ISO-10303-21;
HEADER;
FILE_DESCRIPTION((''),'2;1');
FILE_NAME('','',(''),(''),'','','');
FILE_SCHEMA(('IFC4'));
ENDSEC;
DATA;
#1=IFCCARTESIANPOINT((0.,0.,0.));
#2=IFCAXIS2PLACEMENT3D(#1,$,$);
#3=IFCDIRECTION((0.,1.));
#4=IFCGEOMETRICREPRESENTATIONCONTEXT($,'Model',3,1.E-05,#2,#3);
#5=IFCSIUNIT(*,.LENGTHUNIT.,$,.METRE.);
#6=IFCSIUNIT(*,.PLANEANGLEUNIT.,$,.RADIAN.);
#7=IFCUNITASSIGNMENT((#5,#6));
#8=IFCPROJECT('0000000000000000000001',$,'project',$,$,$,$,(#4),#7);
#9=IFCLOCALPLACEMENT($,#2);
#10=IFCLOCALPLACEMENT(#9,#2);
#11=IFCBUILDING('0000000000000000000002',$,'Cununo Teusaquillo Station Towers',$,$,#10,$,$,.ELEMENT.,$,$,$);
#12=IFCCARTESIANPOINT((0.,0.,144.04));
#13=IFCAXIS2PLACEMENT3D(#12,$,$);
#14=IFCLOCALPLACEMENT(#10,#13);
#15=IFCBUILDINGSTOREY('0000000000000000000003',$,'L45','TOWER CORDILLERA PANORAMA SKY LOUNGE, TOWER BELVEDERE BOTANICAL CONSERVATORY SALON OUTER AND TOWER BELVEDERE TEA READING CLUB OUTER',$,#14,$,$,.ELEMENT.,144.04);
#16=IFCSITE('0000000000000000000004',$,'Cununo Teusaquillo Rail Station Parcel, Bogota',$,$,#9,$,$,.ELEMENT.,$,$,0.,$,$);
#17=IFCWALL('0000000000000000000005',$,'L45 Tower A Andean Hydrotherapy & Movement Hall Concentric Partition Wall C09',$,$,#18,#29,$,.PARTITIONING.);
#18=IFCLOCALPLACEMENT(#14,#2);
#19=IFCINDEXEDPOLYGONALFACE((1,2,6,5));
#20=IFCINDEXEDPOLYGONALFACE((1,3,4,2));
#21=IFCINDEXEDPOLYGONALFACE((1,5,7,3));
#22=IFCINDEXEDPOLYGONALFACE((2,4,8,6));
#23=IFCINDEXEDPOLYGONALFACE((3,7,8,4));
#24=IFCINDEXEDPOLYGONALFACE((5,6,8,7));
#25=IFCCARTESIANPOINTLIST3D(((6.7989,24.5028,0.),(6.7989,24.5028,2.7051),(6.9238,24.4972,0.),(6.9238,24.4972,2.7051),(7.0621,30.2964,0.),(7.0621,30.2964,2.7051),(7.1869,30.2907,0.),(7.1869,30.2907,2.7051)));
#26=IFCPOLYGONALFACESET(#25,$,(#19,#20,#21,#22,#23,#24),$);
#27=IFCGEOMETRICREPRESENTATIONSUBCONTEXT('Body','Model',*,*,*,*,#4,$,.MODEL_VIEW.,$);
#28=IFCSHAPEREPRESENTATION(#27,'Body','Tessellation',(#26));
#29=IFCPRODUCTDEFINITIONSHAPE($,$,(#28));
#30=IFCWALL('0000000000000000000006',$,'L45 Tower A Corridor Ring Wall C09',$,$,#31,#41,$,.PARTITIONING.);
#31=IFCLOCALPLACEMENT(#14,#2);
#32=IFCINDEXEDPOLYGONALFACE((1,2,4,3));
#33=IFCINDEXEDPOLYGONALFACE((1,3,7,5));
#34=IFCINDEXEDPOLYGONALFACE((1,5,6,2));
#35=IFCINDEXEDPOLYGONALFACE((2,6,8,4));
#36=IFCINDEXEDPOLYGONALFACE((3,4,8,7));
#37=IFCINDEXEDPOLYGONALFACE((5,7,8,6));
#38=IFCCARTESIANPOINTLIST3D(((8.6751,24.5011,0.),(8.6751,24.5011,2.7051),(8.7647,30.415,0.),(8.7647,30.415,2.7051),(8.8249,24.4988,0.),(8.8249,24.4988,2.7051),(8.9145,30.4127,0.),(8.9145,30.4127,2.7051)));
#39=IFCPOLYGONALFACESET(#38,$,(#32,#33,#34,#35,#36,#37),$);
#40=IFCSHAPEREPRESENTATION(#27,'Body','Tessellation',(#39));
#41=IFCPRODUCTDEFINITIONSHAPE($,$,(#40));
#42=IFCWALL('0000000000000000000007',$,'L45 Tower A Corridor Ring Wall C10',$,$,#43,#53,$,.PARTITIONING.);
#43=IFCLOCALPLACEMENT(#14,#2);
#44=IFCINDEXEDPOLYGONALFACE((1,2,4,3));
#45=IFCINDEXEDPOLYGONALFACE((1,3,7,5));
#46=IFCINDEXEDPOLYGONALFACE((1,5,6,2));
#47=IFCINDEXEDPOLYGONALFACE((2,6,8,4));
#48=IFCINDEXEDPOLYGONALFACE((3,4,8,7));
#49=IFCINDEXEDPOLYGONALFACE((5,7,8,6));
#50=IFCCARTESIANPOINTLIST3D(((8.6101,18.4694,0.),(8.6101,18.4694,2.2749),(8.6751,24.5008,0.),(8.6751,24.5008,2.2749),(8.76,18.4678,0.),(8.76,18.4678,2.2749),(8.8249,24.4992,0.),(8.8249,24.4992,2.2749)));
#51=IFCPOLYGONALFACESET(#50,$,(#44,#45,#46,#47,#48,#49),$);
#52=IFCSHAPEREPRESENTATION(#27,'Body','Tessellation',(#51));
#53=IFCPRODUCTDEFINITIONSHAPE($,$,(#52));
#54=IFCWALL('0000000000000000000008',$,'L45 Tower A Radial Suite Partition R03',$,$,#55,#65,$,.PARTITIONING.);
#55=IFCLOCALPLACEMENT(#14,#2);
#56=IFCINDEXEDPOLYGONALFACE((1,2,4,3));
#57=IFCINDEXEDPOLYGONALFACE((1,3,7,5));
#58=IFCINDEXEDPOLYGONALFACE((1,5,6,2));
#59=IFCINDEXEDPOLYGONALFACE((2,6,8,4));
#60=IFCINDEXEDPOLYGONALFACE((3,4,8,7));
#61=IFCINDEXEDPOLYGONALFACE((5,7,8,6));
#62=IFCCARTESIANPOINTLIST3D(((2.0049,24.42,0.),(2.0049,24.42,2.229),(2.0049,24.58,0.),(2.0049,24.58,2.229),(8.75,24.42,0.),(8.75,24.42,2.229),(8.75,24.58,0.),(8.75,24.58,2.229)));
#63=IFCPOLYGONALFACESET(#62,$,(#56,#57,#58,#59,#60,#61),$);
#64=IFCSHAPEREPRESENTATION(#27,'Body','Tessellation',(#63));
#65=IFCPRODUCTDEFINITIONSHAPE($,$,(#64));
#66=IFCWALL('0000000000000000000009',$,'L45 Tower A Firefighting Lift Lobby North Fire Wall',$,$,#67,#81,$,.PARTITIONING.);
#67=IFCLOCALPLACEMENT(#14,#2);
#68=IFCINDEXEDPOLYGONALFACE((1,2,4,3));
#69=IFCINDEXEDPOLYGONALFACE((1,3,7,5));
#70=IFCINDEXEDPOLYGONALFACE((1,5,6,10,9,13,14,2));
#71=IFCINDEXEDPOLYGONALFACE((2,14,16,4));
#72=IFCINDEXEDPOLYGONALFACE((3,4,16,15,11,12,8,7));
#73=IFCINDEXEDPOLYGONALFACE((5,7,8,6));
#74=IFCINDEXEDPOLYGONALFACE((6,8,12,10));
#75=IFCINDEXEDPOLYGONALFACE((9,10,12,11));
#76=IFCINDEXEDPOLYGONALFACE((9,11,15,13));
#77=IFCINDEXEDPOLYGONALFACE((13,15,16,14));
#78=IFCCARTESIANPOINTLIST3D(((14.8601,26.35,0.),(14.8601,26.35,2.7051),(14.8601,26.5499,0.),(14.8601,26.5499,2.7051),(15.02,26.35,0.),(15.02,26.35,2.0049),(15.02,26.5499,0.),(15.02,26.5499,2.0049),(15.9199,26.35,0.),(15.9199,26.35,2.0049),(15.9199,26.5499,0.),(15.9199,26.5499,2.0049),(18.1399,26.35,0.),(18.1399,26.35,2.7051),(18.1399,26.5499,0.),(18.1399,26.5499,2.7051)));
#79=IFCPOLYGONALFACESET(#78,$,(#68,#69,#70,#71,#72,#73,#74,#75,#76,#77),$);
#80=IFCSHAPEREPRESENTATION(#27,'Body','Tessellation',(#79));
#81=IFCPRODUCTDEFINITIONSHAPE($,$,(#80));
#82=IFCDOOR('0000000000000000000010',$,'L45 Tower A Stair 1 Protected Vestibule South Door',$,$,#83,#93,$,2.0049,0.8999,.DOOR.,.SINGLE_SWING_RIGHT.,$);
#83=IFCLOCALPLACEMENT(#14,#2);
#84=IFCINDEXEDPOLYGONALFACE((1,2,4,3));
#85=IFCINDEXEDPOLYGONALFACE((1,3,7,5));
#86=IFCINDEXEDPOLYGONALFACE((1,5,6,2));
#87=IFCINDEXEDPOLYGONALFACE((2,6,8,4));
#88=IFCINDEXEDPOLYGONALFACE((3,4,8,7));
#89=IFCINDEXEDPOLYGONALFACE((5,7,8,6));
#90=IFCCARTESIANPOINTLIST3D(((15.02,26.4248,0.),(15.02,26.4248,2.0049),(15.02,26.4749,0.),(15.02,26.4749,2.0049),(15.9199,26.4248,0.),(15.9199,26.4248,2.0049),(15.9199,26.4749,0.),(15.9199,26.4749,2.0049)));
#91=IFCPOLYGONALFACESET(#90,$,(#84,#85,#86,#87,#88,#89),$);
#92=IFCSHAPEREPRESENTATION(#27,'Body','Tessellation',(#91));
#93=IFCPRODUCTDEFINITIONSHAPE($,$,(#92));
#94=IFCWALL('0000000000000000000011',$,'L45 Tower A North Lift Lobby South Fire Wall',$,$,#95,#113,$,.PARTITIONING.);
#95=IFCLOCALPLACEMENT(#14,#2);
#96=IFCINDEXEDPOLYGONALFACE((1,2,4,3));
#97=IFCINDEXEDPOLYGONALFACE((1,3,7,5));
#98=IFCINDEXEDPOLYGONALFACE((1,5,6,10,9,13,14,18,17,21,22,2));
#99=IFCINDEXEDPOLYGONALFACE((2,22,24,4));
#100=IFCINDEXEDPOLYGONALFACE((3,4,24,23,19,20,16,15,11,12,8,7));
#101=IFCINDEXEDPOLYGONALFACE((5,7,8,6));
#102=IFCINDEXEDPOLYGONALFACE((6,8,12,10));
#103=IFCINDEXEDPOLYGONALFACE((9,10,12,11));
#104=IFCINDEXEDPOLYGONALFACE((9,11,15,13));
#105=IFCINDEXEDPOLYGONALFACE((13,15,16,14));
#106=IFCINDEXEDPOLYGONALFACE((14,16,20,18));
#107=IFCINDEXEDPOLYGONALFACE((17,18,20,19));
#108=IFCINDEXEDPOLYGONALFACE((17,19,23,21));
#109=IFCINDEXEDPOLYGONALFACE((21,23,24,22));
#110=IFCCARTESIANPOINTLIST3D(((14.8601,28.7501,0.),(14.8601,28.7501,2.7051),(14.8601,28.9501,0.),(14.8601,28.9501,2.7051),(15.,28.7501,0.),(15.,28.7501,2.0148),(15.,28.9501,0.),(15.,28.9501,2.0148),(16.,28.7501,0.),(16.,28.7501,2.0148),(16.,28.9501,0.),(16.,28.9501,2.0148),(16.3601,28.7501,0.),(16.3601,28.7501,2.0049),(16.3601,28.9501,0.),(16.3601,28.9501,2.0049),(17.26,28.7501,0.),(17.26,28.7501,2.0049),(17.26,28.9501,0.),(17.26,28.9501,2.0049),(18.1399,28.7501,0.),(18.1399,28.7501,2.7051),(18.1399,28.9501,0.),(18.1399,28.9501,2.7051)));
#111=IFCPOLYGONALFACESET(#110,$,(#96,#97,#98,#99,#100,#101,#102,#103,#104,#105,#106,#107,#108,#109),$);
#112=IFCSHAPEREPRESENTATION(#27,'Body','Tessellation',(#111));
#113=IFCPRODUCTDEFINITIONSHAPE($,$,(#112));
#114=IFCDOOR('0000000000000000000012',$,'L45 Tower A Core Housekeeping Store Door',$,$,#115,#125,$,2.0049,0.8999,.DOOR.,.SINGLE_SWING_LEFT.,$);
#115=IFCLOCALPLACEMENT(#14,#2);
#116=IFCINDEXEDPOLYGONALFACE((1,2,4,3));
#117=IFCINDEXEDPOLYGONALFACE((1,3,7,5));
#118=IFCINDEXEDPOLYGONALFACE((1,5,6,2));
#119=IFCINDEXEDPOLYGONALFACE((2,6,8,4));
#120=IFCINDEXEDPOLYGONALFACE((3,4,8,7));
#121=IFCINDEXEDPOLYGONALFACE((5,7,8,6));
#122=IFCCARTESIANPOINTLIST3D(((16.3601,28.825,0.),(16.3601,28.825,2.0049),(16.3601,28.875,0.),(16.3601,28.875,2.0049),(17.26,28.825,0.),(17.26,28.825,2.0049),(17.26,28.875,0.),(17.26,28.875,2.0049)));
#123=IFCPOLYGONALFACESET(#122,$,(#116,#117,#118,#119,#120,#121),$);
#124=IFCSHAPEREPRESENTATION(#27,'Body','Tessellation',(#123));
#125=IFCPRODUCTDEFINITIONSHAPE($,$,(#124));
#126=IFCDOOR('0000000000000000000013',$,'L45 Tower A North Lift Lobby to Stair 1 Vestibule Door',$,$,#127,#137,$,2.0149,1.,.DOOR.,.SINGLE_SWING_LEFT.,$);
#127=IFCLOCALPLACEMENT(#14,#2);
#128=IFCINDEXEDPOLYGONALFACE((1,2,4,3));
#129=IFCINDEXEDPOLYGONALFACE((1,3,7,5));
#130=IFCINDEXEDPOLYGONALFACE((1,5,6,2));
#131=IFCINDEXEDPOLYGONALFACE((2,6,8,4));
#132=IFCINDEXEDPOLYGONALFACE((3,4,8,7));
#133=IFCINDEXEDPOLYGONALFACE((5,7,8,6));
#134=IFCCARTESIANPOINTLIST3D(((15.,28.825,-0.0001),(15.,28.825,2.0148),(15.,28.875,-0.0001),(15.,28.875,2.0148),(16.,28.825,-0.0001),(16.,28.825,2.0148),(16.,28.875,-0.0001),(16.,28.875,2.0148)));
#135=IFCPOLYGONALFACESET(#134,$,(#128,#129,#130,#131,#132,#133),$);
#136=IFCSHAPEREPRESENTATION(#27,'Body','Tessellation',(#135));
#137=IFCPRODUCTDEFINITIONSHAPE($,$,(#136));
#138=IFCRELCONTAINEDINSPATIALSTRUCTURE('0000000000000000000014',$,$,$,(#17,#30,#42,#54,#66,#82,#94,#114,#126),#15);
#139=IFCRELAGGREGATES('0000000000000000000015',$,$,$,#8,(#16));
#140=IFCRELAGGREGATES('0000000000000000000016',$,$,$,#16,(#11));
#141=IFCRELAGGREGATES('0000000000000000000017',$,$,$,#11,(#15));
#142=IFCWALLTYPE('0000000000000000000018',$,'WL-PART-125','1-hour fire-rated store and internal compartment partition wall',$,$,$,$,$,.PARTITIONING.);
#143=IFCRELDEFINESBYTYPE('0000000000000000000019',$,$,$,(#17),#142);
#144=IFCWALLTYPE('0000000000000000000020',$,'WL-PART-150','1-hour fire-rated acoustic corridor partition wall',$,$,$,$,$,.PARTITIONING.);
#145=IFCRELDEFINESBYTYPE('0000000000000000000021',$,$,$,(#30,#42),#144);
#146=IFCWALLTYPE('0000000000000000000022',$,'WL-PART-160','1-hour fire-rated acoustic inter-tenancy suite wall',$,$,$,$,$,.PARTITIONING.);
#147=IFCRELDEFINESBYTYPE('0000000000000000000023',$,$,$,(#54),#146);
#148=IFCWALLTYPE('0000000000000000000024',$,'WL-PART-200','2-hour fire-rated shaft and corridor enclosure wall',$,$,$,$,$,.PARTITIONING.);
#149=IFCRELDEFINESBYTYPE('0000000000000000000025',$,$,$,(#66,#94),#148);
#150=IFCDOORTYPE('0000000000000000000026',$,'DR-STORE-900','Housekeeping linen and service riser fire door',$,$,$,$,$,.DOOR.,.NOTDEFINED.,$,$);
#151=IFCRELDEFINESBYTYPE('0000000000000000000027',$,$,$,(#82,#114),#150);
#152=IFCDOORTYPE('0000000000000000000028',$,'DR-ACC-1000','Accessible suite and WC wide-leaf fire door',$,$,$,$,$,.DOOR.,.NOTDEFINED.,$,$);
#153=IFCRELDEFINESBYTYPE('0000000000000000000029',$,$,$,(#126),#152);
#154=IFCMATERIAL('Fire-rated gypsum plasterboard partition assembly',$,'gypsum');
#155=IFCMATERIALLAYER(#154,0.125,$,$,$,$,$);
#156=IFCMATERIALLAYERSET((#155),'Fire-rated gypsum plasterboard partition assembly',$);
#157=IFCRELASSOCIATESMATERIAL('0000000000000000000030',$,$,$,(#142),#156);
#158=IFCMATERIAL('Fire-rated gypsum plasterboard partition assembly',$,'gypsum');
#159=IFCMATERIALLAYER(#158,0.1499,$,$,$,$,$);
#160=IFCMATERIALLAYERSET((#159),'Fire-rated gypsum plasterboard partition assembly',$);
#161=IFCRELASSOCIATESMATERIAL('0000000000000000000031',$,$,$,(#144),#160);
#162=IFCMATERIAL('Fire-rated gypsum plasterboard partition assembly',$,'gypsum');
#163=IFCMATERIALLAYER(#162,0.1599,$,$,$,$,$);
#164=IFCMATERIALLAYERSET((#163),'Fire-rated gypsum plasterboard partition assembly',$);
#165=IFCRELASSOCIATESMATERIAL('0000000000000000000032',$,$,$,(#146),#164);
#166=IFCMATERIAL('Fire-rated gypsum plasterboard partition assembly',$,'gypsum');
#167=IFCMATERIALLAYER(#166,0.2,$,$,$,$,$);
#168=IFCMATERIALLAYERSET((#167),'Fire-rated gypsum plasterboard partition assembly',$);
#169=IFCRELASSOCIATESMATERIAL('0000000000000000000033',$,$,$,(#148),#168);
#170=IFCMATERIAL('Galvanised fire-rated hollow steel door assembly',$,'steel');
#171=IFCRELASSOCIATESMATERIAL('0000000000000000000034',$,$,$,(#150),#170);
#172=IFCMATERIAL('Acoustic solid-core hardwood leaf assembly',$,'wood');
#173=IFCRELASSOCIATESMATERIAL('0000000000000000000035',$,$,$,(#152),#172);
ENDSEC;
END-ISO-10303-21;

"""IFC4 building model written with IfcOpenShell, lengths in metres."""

from ifc_helpers import new_model, si_unit, direction, frame, frame_2d, origin, place, context, subcontext, project, spatial, rectangle, extrude, source, transform, mapped, material, layer, layer_set, type_object, element, fill, save


model = new_model("IFC4")

# Units and contexts
model_context = context("Model", 3, precision=1e-05, world=origin(), true_north=direction((0.0, 1.0)))
body_context = subcontext(model_context, "Body", "Model", "MODEL_VIEW")
ifc_project = project(units=[si_unit("LENGTHUNIT", "METRE"), si_unit("PLANEANGLEUNIT", "RADIAN")], contexts=[model_context])

# Site, building, storey
site_placement = place(None, origin())
site = spatial("IfcSite", under=ifc_project, at=site_placement, Name="Cununo Teusaquillo Rail Station Parcel, Bogota", CompositionType="ELEMENT", RefElevation=0.0)
building_placement = place(site_placement, origin())
building = spatial("IfcBuilding", under=site, at=building_placement, Name="Cununo Teusaquillo Station Towers", CompositionType="ELEMENT")
storey_placement = place(building_placement, frame((0.0, 0.0, 144.04)))
storey = spatial("IfcBuildingStorey", under=building, at=storey_placement, Name="L45", Description="TOWER CORDILLERA PANORAMA SKY LOUNGE, TOWER BELVEDERE BOTANICAL CONSERVATORY SALON OUTER AND TOWER BELVEDERE TEA READING CLUB OUTER", CompositionType="ELEMENT", Elevation=144.04)

# Walls
ifc_material_1 = material(Name="Fire-rated gypsum plasterboard partition assembly", Category="gypsum")
ifc_layer_1 = layer(ifc_material_1, 0.125)
ifc_layer_set_1 = layer_set([ifc_layer_1], Name="Fire-rated gypsum plasterboard partition assembly")
wall_type_1 = type_object("IfcWallType", Name="WL-PART-125", Description="1-hour fire-rated store and internal compartment partition wall", PredefinedType="PARTITIONING", material=ifc_layer_set_1)
wall_1_placement = place(storey_placement, frame((7.1245, 30.2937, 0.0), z_axis=(0.0, 0.0, 1.0), x_axis=(-0.045379, -0.99897, 0.0)))
element("IfcWall", 1, at=wall_1_placement, inside=storey, type_object=wall_type_1, Name="L45 Tower A Andean Hydrotherapy & Movement Hall Concentric Partition Wall C09", PredefinedType="PARTITIONING", context=body_context, shape_type="SweptSolid", body=[
    extrude(rectangle(XDim=5.7996, YDim=0.125, at=frame_2d((2.8999, 0.0))), origin(), (0.0, 0.0, 1.0), 2.7051),
])
ifc_material_2 = material(Name="Fire-rated gypsum plasterboard partition assembly", Category="gypsum")
ifc_layer_2 = layer(ifc_material_2, 0.1499)
ifc_layer_set_2 = layer_set([ifc_layer_2], Name="Fire-rated gypsum plasterboard partition assembly")
wall_type_2 = type_object("IfcWallType", Name="WL-PART-150", Description="1-hour fire-rated acoustic corridor partition wall", PredefinedType="PARTITIONING", material=ifc_layer_set_2)
wall_2_placement = place(storey_placement, frame((8.8396, 30.4138, 0.0), z_axis=(0.0, 0.0, 1.0), x_axis=(-0.015149, -0.999885, 0.0)))
element("IfcWall", 2, at=wall_2_placement, inside=storey, type_object=wall_type_2, Name="L45 Tower A Corridor Ring Wall C09", PredefinedType="PARTITIONING", context=body_context, shape_type="SweptSolid", body=[
    extrude(rectangle(XDim=5.9146, YDim=0.1499, at=frame_2d((2.9573, 0.0))), origin(), (0.0, 0.0, 1.0), 2.7051),
])
wall_3_placement = place(storey_placement, frame((8.75, 24.5, 0.0), z_axis=(0.0, 0.0, 1.0), x_axis=(-0.010766, -0.999942, 0.0)))
element("IfcWall", 3, at=wall_3_placement, inside=storey, type_object=wall_type_2, Name="L45 Tower A Corridor Ring Wall C10", PredefinedType="PARTITIONING", context=body_context, shape_type="SweptSolid", body=[
    extrude(rectangle(XDim=6.0317, YDim=0.1499, at=frame_2d((3.0159, 0.0))), origin(), (0.0, 0.0, 1.0), 2.2749),
])
ifc_material_3 = material(Name="Fire-rated gypsum plasterboard partition assembly", Category="gypsum")
ifc_layer_3 = layer(ifc_material_3, 0.1599)
ifc_layer_set_3 = layer_set([ifc_layer_3], Name="Fire-rated gypsum plasterboard partition assembly")
wall_type_3 = type_object("IfcWallType", Name="WL-PART-160", Description="1-hour fire-rated acoustic inter-tenancy suite wall", PredefinedType="PARTITIONING", material=ifc_layer_set_3)
wall_4_placement = place(storey_placement, frame((8.75, 24.5, 0.0), z_axis=(0.0, 0.0, 1.0), x_axis=(-1.0, 0.0, 0.0)))
element("IfcWall", 4, at=wall_4_placement, inside=storey, type_object=wall_type_3, Name="L45 Tower A Radial Suite Partition R03", PredefinedType="PARTITIONING", context=body_context, shape_type="SweptSolid", body=[
    extrude(rectangle(XDim=6.7451, YDim=0.1599, at=frame_2d((3.3726, 0.0))), origin(), (0.0, 0.0, 1.0), 2.229),
])

# Wall, opening, door
ifc_material_4 = material(Name="Fire-rated gypsum plasterboard partition assembly", Category="gypsum")
ifc_layer_4 = layer(ifc_material_4, 0.2)
ifc_layer_set_4 = layer_set([ifc_layer_4], Name="Fire-rated gypsum plasterboard partition assembly")
wall_type_4 = type_object("IfcWallType", Name="WL-PART-200", Description="2-hour fire-rated shaft and corridor enclosure wall", PredefinedType="PARTITIONING", material=ifc_layer_set_4)
wall_5_placement = place(storey_placement, frame((14.8601, 26.45, 0.0), z_axis=(0.0, 0.0, 1.0), x_axis=(1.0, 0.0, 0.0)))
wall_5 = element("IfcWall", 5, at=wall_5_placement, inside=storey, type_object=wall_type_4, Name="L45 Tower A Firefighting Lift Lobby North Fire Wall", PredefinedType="PARTITIONING", context=body_context, shape_type="SweptSolid", body=[
    extrude(rectangle(XDim=3.2798, YDim=0.2, at=frame_2d((1.6399, 0.0))), origin(), (0.0, 0.0, 1.0), 2.7051),
])
shared_shape_1 = source(origin(), body_context, "Body", "SweptSolid", [
    extrude(rectangle(XDim=0.8999, YDim=2.0049, at=frame_2d((0.45, 1.0024))), frame((0.0, 0.1099, 0.0), z_axis=(0.0, -1.0, 0.0), x_axis=(1.0, 0.0, 0.0)), (0.0, 0.0, 1.0), 0.22),
])
opening_1_placement = place(wall_5_placement, frame((0.1599, 0.0, 0.0)))
opening_1 = element("IfcOpeningElement", 6, at=opening_1_placement, cuts=wall_5, PredefinedType="OPENING", context=body_context, shape_type="MappedRepresentation", body=[
    mapped(shared_shape_1, transform((0.0, 0.0, 0.0), x_axis=(1.0, 0.0, 0.0), y_axis=(0.0, 1.0, 0.0), z_axis=(0.0, 0.0, 1.0), scale=1.0)),
])
ifc_material_5 = material(Name="Galvanised fire-rated hollow steel door assembly", Category="steel")
door_type_1 = type_object("IfcDoorType", Name="DR-STORE-900", Description="Housekeeping linen and service riser fire door", OperationType="NOTDEFINED", PredefinedType="DOOR", material=ifc_material_5)
shared_shape_2 = source(origin(), body_context, "Body", "SweptSolid", [
    extrude(rectangle(XDim=0.8999, YDim=2.0049, at=frame_2d((0.45, 1.0024))), frame((0.0, 0.0249, 0.0), z_axis=(0.0, -1.0, 0.0), x_axis=(1.0, 0.0, 0.0)), (0.0, 0.0, 1.0), 0.05),
])
door_1_placement = place(opening_1_placement, origin())
door_1 = element("IfcDoor", 7, at=door_1_placement, inside=storey, type_object=door_type_1, Name="L45 Tower A Stair 1 Protected Vestibule South Door", OperationType="SINGLE_SWING_RIGHT", OverallHeight=2.0049, OverallWidth=0.8999, PredefinedType="DOOR", context=body_context, shape_type="MappedRepresentation", body=[
    mapped(shared_shape_2, transform((0.0, 0.0, 0.0), x_axis=(1.0, 0.0, 0.0), y_axis=(0.0, 1.0, 0.0), z_axis=(0.0, 0.0, 1.0), scale=1.0)),
])
fill(opening_1, door_1)

# Wall, openings, doors
wall_6_placement = place(storey_placement, frame((14.8601, 28.8501, 0.0), z_axis=(0.0, 0.0, 1.0), x_axis=(1.0, 0.0, 0.0)))
wall_6 = element("IfcWall", 8, at=wall_6_placement, inside=storey, type_object=wall_type_4, Name="L45 Tower A North Lift Lobby South Fire Wall", PredefinedType="PARTITIONING", context=body_context, shape_type="SweptSolid", body=[
    extrude(rectangle(XDim=3.2798, YDim=0.2, at=frame_2d((1.6399, 0.0))), origin(), (0.0, 0.0, 1.0), 2.7051),
])
shared_shape_3 = source(origin(), body_context, "Body", "SweptSolid", [
    extrude(rectangle(XDim=1.0, YDim=2.0149, at=frame_2d((0.5, 1.0073))), frame((0.0, 0.1099, 0.0), z_axis=(0.0, -1.0, 0.0), x_axis=(1.0, 0.0, 0.0)), (0.0, 0.0, 1.0), 0.22),
])
opening_2_placement = place(wall_6_placement, frame((0.1399, 0.0, 0.0)))
opening_2 = element("IfcOpeningElement", 9, at=opening_2_placement, cuts=wall_6, PredefinedType="OPENING", context=body_context, shape_type="MappedRepresentation", body=[
    mapped(shared_shape_3, transform((0.0, 0.0, 0.0), x_axis=(1.0, 0.0, 0.0), y_axis=(0.0, 1.0, 0.0), z_axis=(0.0, 0.0, 1.0), scale=1.0)),
])
opening_3_placement = place(wall_6_placement, frame((1.5, 0.0, 0.0)))
opening_3 = element("IfcOpeningElement", 10, at=opening_3_placement, cuts=wall_6, PredefinedType="OPENING", context=body_context, shape_type="MappedRepresentation", body=[
    mapped(shared_shape_1, transform((0.0, 0.0, 0.0), x_axis=(1.0, 0.0, 0.0), y_axis=(0.0, 1.0, 0.0), z_axis=(0.0, 0.0, 1.0), scale=1.0)),
])
door_2_placement = place(opening_3_placement, origin())
door_2 = element("IfcDoor", 11, at=door_2_placement, inside=storey, type_object=door_type_1, Name="L45 Tower A Core Housekeeping Store Door", OperationType="SINGLE_SWING_LEFT", OverallHeight=2.0049, OverallWidth=0.8999, PredefinedType="DOOR", context=body_context, shape_type="MappedRepresentation", body=[
    mapped(shared_shape_2, transform((0.0, 0.0, 0.0), x_axis=(1.0, 0.0, 0.0), y_axis=(0.0, 1.0, 0.0), z_axis=(0.0, 0.0, 1.0), scale=1.0)),
])
fill(opening_3, door_2)
ifc_material_6 = material(Name="Acoustic solid-core hardwood leaf assembly", Category="wood")
door_type_2 = type_object("IfcDoorType", Name="DR-ACC-1000", Description="Accessible suite and WC wide-leaf fire door", OperationType="NOTDEFINED", PredefinedType="DOOR", material=ifc_material_6)
shared_shape_4 = source(origin(), body_context, "Body", "SweptSolid", [
    extrude(rectangle(XDim=1.0, YDim=2.0149, at=frame_2d((0.5, 1.0073))), frame((0.0, 0.0249, 0.0), z_axis=(0.0, -1.0, 0.0), x_axis=(1.0, 0.0, 0.0)), (0.0, 0.0, 1.0), 0.05),
])
door_3_placement = place(opening_2_placement, origin())
door_3 = element("IfcDoor", 12, at=door_3_placement, inside=storey, type_object=door_type_2, Name="L45 Tower A North Lift Lobby to Stair 1 Vestibule Door", OperationType="SINGLE_SWING_LEFT", OverallHeight=2.0149, OverallWidth=1.0, PredefinedType="DOOR", context=body_context, shape_type="MappedRepresentation", body=[
    mapped(shared_shape_4, transform((0.0, 0.0, 0.0), x_axis=(1.0, 0.0, 0.0), y_axis=(0.0, 1.0, 0.0), z_axis=(0.0, 0.0, 1.0), scale=1.0)),
])
fill(opening_2, door_3)

save(model, "model.ifc")
